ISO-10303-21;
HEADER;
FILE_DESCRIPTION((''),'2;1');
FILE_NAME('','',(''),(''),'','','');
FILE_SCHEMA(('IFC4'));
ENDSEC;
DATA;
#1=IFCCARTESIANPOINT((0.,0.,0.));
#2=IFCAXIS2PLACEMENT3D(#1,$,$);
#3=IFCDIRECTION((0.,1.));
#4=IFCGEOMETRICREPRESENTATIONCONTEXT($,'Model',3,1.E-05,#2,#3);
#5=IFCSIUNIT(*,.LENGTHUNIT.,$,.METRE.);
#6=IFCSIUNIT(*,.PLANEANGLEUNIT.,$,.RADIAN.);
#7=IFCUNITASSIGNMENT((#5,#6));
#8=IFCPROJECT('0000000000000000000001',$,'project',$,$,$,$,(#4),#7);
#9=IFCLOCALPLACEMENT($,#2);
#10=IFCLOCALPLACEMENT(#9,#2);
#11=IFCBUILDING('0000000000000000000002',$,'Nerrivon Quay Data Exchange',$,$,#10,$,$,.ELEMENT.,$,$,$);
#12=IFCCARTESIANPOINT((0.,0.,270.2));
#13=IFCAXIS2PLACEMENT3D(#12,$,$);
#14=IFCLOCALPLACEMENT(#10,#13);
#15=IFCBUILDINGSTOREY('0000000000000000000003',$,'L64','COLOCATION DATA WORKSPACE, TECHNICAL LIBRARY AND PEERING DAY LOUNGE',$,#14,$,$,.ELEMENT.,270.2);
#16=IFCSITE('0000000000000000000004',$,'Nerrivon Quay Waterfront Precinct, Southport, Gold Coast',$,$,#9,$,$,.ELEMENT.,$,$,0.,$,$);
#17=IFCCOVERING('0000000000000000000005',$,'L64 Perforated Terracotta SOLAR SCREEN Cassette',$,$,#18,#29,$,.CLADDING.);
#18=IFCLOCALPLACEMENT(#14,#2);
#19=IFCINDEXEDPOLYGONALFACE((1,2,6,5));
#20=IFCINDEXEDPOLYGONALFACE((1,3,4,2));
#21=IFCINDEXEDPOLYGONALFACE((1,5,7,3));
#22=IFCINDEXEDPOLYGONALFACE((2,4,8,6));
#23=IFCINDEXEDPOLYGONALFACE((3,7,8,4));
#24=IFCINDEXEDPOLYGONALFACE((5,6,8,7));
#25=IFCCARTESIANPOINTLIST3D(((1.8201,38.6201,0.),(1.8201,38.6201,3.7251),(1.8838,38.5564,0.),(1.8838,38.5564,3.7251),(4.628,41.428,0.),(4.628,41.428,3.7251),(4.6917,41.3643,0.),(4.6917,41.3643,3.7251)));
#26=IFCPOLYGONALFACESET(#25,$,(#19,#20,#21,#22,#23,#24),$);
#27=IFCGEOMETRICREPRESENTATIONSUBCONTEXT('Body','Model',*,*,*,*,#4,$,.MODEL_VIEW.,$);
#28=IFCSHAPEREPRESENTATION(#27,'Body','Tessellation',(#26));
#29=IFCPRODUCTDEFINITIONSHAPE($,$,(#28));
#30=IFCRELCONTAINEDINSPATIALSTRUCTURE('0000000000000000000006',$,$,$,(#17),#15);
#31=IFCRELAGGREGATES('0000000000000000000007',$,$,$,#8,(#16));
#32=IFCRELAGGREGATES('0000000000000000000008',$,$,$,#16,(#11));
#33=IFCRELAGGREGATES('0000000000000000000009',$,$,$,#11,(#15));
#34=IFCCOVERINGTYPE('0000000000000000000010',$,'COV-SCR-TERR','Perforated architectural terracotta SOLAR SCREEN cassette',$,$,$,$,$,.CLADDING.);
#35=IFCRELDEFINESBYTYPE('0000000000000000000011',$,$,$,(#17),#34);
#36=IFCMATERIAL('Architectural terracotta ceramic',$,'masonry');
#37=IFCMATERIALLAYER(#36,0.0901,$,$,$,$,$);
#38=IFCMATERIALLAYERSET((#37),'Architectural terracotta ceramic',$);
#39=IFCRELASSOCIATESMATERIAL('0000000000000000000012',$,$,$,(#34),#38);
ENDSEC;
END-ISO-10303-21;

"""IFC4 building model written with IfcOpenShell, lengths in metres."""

from ifc_helpers import new_model, si_unit, direction, frame, origin, origin_2d, place, context, subcontext, project, spatial, rectangle, extrude, material, layer, layer_set, type_object, element, save


model = new_model("IFC4")

# Units and contexts
model_context = context("Model", 3, precision=1e-05, world=origin(), true_north=direction((0.0, 1.0)))
body_context = subcontext(model_context, "Body", "Model", "MODEL_VIEW")
ifc_project = project(units=[si_unit("LENGTHUNIT", "METRE"), si_unit("PLANEANGLEUNIT", "RADIAN")], contexts=[model_context])

# Site, building, storey
site_placement = place(None, origin())
site = spatial("IfcSite", under=ifc_project, at=site_placement, Name="Nerrivon Quay Waterfront Precinct, Southport, Gold Coast", CompositionType="ELEMENT", RefElevation=0.0)
building_placement = place(site_placement, origin())
building = spatial("IfcBuilding", under=site, at=building_placement, Name="Nerrivon Quay Data Exchange", CompositionType="ELEMENT")
storey_placement = place(building_placement, frame((0.0, 0.0, 270.2)))
storey = spatial("IfcBuildingStorey", under=building, at=storey_placement, Name="L64", Description="COLOCATION DATA WORKSPACE, TECHNICAL LIBRARY AND PEERING DAY LOUNGE", CompositionType="ELEMENT", Elevation=270.2)

# Covering
ifc_material_1 = material(Name="Architectural terracotta ceramic", Category="masonry")
ifc_layer_1 = layer(ifc_material_1, 0.0901)
ifc_layer_set_1 = layer_set([ifc_layer_1], Name="Architectural terracotta ceramic")
covering_type = type_object("IfcCoveringType", Name="COV-SCR-TERR", Description="Perforated architectural terracotta SOLAR SCREEN cassette", PredefinedType="CLADDING", material=ifc_layer_set_1)
covering_placement = place(storey_placement, frame((3.2559, 39.9922, 0.0), z_axis=(0.0, 0.0, 1.0), x_axis=(0.707107, 0.707107, 0.0)))
element("IfcCovering", 1, at=covering_placement, inside=storey, type_object=covering_type, Name="L64 Perforated Terracotta SOLAR SCREEN Cassette", PredefinedType="CLADDING", context=body_context, shape_type="SweptSolid", body=[
    extrude(rectangle(XDim=3.9709, YDim=0.0901, at=origin_2d()), origin(), (0.0, 0.0, 1.0), 3.7251),
])

save(model, "model.ifc")
